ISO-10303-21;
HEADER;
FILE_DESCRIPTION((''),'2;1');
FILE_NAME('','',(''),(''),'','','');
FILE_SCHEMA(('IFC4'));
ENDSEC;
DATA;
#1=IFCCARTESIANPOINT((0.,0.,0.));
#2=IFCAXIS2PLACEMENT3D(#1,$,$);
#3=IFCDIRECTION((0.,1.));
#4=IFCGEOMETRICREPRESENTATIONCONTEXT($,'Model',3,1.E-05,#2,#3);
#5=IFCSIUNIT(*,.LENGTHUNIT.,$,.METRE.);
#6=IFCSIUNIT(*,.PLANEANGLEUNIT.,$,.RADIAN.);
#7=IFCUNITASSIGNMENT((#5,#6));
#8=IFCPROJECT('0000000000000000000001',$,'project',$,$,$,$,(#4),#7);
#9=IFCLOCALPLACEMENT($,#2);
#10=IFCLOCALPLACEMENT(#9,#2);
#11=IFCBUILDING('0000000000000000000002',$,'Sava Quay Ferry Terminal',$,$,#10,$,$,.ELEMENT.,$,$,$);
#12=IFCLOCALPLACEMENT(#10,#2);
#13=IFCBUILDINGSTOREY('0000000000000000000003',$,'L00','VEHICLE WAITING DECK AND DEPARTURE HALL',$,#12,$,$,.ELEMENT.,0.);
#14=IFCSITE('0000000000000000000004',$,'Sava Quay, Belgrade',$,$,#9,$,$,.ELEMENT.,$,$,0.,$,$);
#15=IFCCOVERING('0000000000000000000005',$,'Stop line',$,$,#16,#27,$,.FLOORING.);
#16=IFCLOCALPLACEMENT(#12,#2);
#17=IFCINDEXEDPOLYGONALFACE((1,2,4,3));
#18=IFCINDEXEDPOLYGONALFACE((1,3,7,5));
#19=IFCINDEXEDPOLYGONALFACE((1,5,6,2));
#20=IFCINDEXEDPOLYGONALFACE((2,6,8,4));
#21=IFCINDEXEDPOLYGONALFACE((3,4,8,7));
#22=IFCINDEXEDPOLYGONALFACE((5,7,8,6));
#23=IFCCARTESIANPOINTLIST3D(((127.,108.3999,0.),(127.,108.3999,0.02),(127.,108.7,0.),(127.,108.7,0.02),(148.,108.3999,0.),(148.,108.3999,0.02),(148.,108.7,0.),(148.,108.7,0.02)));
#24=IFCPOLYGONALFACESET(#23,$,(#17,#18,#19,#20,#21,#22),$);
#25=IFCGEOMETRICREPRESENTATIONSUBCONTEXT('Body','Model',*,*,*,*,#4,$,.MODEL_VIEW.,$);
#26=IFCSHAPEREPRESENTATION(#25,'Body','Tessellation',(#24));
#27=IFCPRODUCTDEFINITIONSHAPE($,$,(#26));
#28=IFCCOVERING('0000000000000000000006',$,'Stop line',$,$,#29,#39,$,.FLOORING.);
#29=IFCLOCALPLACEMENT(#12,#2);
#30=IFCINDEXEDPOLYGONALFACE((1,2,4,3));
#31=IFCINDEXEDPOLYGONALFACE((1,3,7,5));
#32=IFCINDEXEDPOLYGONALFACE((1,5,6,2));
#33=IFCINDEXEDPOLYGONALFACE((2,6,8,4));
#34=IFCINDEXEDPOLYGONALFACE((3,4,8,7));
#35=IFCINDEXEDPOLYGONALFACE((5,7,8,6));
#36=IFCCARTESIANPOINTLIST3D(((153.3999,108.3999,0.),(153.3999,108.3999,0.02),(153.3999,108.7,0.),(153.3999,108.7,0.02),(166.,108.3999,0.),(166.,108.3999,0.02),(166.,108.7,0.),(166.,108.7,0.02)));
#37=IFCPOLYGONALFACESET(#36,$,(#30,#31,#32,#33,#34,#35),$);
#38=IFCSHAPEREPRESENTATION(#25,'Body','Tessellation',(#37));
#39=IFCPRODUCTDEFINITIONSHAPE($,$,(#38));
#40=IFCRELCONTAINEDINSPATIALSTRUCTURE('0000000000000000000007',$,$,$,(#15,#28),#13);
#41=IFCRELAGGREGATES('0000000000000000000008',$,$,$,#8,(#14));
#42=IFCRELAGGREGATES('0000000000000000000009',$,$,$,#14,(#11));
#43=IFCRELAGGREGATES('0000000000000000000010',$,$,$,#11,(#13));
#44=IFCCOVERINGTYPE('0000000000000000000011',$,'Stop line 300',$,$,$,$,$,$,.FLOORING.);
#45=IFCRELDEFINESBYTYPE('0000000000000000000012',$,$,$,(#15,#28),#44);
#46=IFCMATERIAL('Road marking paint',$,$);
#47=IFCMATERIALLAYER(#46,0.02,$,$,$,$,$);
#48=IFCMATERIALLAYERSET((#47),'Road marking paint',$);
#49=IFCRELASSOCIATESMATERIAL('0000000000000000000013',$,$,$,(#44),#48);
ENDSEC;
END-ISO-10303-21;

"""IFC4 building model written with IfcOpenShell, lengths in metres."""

from ifc_helpers import new_model, si_unit, direction, origin, place, context, subcontext, project, spatial, polyline, outline, extrude, material, layer, layer_set, type_object, element, save


model = new_model("IFC4")

# Units and contexts
model_context = context("Model", 3, precision=1e-05, world=origin(), true_north=direction((0.0, 1.0)))
body_context = subcontext(model_context, "Body", "Model", "MODEL_VIEW")
ifc_project = project(units=[si_unit("LENGTHUNIT", "METRE"), si_unit("PLANEANGLEUNIT", "RADIAN")], contexts=[model_context])

# Site, building, storey
site_placement = place(None, origin())
site = spatial("IfcSite", under=ifc_project, at=site_placement, Name="Sava Quay, Belgrade", CompositionType="ELEMENT", RefElevation=0.0)
building_placement = place(site_placement, origin())
building = spatial("IfcBuilding", under=site, at=building_placement, Name="Sava Quay Ferry Terminal", CompositionType="ELEMENT")
storey_placement = place(building_placement, origin())
storey = spatial("IfcBuildingStorey", under=building, at=storey_placement, Name="L00", Description="VEHICLE WAITING DECK AND DEPARTURE HALL", CompositionType="ELEMENT", Elevation=0.0)

# Coverings
ifc_material_1 = material(Name="Road marking paint")
ifc_layer_1 = layer(ifc_material_1, 0.02)
ifc_layer_set_1 = layer_set([ifc_layer_1], Name="Road marking paint")
covering_type_1 = type_object("IfcCoveringType", Name="Stop line 300", PredefinedType="FLOORING", material=ifc_layer_set_1)
covering_1_placement = place(storey_placement, origin())
element("IfcCovering", 1, at=covering_1_placement, inside=storey, type_object=covering_type_1, Name="Stop line", PredefinedType="FLOORING", context=body_context, shape_type="SweptSolid", body=[
    extrude(outline(polyline([(127.0, 108.7), (127.0, 108.3999), (148.0, 108.3999), (148.0, 108.7), (127.0, 108.7)])), origin(), (0.0, 0.0, 1.0), 0.02),
])
covering_2_placement = place(storey_placement, origin())
element("IfcCovering", 2, at=covering_2_placement, inside=storey, type_object=covering_type_1, Name="Stop line", PredefinedType="FLOORING", context=body_context, shape_type="SweptSolid", body=[
    extrude(outline(polyline([(153.3999, 108.7), (153.3999, 108.3999), (166.0, 108.3999), (166.0, 108.7), (153.3999, 108.7)])), origin(), (0.0, 0.0, 1.0), 0.02),
])

save(model, "model.ifc")
